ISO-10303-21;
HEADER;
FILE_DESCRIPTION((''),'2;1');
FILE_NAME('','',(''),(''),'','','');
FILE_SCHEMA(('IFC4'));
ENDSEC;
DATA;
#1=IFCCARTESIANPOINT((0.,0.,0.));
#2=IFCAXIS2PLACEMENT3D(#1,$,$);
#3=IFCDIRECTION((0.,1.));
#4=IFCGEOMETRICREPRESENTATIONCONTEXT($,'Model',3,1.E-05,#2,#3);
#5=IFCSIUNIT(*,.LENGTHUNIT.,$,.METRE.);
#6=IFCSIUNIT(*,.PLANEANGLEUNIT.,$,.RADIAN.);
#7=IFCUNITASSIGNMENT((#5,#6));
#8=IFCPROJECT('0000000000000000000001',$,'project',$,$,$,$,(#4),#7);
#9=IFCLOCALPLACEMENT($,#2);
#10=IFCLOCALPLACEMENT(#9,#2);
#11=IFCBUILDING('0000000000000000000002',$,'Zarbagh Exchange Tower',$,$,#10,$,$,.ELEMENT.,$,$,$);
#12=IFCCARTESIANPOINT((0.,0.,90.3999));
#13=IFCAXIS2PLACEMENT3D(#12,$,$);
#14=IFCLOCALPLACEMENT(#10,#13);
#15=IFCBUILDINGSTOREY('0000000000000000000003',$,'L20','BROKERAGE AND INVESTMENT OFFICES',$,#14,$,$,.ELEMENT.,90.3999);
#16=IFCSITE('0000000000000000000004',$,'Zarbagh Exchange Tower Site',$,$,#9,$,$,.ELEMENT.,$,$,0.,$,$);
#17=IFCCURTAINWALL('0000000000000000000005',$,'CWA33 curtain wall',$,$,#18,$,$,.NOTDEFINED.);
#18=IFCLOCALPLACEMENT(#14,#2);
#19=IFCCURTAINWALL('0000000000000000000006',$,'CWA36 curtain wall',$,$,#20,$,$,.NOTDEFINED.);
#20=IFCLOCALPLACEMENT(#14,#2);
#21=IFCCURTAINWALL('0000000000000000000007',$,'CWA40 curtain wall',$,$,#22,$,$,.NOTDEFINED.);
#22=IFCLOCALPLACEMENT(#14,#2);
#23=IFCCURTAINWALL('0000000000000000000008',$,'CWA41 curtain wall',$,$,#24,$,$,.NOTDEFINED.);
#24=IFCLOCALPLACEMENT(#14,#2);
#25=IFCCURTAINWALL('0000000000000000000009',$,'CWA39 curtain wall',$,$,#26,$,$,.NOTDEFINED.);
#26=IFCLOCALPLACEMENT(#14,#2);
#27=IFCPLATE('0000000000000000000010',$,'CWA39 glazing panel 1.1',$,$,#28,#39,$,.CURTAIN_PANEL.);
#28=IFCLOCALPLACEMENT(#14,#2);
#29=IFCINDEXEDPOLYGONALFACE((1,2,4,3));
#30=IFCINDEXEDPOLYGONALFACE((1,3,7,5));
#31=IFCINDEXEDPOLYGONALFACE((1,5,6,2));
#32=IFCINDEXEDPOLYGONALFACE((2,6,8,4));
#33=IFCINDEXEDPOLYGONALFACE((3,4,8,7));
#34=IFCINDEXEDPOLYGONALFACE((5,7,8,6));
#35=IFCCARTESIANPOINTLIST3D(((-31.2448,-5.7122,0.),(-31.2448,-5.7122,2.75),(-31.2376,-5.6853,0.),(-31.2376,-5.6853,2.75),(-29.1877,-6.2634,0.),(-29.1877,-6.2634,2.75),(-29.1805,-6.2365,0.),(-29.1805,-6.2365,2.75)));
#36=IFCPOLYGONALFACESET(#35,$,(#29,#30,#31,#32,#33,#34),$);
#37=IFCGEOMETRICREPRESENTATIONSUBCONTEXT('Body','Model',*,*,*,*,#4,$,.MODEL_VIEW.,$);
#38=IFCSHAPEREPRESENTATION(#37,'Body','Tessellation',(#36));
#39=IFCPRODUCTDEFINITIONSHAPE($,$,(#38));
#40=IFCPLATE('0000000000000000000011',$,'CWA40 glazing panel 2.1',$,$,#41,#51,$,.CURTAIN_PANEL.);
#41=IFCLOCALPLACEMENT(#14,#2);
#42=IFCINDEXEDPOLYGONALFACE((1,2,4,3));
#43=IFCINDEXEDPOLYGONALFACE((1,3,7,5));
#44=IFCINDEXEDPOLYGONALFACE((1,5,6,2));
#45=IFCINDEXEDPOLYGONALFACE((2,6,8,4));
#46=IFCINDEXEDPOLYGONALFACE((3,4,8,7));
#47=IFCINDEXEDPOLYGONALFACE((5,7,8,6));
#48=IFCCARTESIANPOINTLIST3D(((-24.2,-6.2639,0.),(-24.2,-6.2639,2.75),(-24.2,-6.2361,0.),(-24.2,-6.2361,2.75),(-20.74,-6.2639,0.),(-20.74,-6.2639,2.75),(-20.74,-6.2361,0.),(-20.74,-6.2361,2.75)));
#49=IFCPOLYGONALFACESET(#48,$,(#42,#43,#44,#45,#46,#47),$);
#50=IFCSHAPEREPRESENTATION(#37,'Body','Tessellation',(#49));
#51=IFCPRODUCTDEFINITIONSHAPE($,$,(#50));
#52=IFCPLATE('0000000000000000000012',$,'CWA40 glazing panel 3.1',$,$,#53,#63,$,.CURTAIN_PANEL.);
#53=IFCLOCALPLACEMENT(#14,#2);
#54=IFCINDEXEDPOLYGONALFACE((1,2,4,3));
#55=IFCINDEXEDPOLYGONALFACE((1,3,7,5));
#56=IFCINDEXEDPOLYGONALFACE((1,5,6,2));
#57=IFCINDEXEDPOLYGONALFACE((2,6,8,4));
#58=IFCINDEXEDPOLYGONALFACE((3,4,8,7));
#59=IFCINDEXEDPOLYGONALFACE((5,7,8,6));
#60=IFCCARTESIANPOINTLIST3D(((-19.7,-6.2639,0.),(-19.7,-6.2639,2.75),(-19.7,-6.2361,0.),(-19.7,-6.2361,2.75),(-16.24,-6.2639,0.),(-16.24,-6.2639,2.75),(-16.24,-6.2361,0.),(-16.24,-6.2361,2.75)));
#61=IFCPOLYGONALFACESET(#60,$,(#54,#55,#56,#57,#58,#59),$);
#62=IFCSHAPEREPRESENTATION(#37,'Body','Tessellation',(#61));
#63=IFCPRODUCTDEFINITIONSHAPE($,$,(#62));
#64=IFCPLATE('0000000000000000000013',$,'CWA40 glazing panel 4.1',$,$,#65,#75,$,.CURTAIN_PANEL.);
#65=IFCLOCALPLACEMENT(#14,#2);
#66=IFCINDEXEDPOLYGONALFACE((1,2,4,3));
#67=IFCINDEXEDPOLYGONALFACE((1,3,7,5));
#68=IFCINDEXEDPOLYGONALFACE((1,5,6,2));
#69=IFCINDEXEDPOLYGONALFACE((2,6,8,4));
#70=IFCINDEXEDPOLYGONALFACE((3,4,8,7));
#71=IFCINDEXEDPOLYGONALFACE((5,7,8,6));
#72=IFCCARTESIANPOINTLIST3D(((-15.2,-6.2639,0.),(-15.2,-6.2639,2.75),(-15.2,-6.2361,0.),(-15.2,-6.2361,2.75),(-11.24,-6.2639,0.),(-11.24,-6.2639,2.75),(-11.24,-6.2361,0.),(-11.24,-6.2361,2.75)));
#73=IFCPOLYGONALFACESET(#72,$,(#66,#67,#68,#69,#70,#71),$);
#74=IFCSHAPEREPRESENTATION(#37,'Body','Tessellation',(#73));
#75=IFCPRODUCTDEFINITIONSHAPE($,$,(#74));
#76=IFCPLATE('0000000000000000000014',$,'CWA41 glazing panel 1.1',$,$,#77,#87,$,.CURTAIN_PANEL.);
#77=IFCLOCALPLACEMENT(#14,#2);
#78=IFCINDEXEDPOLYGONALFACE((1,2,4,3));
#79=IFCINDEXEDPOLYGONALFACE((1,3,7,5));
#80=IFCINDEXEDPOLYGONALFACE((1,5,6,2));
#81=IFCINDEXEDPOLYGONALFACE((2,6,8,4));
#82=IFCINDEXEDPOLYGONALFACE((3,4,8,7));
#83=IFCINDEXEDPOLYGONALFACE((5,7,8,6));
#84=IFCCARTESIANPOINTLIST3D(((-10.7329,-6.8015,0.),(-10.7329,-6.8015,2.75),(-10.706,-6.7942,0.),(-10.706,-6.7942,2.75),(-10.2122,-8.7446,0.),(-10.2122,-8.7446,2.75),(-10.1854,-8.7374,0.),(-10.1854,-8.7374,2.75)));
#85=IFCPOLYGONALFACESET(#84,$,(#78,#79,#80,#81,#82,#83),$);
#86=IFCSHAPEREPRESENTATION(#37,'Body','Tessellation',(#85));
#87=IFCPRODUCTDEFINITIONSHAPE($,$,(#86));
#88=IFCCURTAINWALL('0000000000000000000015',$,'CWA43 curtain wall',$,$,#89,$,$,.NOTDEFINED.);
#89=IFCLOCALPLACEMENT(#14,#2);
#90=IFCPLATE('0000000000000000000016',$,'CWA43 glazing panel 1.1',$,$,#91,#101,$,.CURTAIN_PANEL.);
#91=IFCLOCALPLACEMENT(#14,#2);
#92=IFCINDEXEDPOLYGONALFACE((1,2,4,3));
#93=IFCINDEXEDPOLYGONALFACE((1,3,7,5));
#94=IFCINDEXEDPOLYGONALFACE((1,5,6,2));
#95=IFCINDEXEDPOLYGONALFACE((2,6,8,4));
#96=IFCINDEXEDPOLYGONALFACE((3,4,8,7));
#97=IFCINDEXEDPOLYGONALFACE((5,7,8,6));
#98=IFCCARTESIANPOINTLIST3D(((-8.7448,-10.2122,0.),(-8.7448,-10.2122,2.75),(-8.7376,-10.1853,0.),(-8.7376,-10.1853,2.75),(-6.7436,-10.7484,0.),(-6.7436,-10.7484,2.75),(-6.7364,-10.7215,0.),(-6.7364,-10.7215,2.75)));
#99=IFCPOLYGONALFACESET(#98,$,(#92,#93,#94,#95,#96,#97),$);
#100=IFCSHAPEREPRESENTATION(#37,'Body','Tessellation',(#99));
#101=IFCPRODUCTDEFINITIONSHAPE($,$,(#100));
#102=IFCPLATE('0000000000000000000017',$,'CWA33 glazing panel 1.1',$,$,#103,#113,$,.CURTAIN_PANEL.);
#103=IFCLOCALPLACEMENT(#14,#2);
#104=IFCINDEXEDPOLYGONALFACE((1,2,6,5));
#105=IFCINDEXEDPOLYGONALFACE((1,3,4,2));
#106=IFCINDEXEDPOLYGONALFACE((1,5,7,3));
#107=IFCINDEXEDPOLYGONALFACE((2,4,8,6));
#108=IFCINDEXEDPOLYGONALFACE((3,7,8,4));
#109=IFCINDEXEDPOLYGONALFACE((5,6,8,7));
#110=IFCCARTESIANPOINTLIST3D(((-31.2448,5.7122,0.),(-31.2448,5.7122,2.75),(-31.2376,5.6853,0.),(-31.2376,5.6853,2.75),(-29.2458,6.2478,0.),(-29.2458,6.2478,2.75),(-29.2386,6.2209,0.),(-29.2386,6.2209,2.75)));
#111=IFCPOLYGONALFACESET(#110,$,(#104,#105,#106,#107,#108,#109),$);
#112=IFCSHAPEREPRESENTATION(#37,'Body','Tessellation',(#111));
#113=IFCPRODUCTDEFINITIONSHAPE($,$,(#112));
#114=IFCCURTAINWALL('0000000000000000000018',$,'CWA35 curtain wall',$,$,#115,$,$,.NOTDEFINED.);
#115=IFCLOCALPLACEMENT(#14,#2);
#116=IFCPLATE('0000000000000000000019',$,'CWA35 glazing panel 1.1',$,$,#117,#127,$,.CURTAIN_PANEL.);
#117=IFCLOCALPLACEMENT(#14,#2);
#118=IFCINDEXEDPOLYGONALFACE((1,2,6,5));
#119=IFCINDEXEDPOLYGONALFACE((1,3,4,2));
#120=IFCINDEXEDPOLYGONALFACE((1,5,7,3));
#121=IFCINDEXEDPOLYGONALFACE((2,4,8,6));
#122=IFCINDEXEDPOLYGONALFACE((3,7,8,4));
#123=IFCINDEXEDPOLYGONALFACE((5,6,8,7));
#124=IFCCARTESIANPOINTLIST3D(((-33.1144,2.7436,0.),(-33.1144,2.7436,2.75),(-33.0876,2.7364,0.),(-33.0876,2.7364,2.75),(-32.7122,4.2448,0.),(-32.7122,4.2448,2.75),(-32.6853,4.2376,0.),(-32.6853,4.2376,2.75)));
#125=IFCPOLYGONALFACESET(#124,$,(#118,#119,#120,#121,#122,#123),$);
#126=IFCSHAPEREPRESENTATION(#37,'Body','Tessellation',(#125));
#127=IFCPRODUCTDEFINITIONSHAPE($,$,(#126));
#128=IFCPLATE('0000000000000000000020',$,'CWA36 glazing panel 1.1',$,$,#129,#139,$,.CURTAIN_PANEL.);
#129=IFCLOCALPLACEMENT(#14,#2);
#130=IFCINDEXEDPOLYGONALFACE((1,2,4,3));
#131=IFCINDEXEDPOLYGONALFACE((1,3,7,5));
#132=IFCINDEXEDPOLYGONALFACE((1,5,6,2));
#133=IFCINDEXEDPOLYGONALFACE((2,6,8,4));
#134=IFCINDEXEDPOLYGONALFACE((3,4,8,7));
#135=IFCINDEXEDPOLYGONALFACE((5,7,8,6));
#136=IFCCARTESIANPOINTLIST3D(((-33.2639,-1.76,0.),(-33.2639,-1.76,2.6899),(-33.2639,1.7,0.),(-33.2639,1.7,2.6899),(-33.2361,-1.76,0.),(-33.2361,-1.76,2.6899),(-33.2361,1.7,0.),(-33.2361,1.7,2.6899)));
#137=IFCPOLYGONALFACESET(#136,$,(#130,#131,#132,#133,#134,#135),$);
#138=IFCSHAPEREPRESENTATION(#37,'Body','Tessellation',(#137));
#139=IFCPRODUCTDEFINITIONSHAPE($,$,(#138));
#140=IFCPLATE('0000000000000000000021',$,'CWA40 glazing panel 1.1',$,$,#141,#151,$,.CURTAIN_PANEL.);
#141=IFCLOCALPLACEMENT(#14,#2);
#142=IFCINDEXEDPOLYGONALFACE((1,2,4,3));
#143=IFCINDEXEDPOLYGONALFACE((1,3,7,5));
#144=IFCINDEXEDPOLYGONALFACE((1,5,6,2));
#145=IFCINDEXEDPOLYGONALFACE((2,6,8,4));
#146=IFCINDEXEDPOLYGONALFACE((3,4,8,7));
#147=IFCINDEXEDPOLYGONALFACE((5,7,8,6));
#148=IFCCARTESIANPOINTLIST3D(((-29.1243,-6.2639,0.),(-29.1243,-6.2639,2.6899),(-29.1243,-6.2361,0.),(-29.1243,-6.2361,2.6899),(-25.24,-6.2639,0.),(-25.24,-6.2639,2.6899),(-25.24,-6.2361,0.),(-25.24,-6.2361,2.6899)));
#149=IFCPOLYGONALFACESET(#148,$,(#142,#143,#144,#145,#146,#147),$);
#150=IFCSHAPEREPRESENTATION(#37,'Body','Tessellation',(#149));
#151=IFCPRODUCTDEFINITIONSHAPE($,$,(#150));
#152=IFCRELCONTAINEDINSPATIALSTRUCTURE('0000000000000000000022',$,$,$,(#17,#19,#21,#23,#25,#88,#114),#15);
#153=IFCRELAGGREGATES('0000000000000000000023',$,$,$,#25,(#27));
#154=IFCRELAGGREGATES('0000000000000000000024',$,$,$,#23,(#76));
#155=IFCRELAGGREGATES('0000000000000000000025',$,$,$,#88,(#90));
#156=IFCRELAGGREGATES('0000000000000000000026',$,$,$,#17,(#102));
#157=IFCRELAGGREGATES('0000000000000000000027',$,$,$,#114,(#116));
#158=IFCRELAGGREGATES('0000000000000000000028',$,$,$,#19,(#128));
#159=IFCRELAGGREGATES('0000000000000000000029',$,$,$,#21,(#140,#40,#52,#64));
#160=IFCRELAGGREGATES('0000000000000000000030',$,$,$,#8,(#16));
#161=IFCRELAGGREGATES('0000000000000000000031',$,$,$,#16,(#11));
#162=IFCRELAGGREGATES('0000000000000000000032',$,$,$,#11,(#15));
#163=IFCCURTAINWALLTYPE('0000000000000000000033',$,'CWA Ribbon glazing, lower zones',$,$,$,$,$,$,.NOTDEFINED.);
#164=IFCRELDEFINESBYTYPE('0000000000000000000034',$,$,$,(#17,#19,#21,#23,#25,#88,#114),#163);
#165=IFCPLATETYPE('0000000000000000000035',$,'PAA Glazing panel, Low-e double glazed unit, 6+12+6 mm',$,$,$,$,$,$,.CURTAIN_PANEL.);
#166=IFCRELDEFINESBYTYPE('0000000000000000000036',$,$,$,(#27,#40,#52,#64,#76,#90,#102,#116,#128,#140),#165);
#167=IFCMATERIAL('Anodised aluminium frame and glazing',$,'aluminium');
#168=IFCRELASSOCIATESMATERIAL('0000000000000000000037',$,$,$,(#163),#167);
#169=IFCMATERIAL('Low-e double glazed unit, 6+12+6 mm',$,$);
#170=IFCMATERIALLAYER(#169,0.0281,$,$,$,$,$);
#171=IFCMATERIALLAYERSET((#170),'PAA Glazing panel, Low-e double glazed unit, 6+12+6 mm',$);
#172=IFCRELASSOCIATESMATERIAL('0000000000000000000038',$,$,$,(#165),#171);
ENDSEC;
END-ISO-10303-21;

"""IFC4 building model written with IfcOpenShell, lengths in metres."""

from ifc_helpers import new_model, si_unit, direction, frame, origin, place, context, subcontext, project, spatial, polyline, outline, extrude, source, transform, mapped, material, layer, layer_set, type_object, element, aggregate, save


model = new_model("IFC4")

# Units and contexts
model_context = context("Model", 3, precision=1e-05, world=origin(), true_north=direction((0.0, 1.0)))
body_context = subcontext(model_context, "Body", "Model", "MODEL_VIEW")
ifc_project = project(units=[si_unit("LENGTHUNIT", "METRE"), si_unit("PLANEANGLEUNIT", "RADIAN")], contexts=[model_context])

# Site, building, storey
site_placement = place(None, origin())
site = spatial("IfcSite", under=ifc_project, at=site_placement, Name="Zarbagh Exchange Tower Site", CompositionType="ELEMENT", RefElevation=0.0)
building_placement = place(site_placement, origin())
building = spatial("IfcBuilding", under=site, at=building_placement, Name="Zarbagh Exchange Tower", CompositionType="ELEMENT")
storey_placement = place(building_placement, frame((0.0, 0.0, 90.3999)))
storey = spatial("IfcBuildingStorey", under=building, at=storey_placement, Name="L20", Description="BROKERAGE AND INVESTMENT OFFICES", CompositionType="ELEMENT", Elevation=90.3999)

# Curtain walls
ifc_material_1 = material(Name="Anodised aluminium frame and glazing", Category="aluminium")
curtain_wall_type = type_object("IfcCurtainWallType", Name="CWA Ribbon glazing, lower zones", PredefinedType="NOTDEFINED", material=ifc_material_1)
curtain_wall_1_placement = place(storey_placement, origin())
curtain_wall_1 = element("IfcCurtainWall", 1, at=curtain_wall_1_placement, inside=storey, type_object=curtain_wall_type, Name="CWA33 curtain wall", PredefinedType="NOTDEFINED")
placement = place(storey_placement, origin())
curtain_wall_2_placement = place(storey_placement, origin())
curtain_wall_2 = element("IfcCurtainWall", 2, at=curtain_wall_2_placement, inside=storey, type_object=curtain_wall_type, Name="CWA36 curtain wall", PredefinedType="NOTDEFINED")

# Curtain wall
curtain_wall_3_placement = place(storey_placement, origin())
curtain_wall_3 = element("IfcCurtainWall", 3, at=curtain_wall_3_placement, inside=storey, type_object=curtain_wall_type, Name="CWA40 curtain wall", PredefinedType="NOTDEFINED")

# Curtain wall
curtain_wall_4_placement = place(storey_placement, origin())
curtain_wall_4 = element("IfcCurtainWall", 4, at=curtain_wall_4_placement, inside=storey, type_object=curtain_wall_type, Name="CWA41 curtain wall", PredefinedType="NOTDEFINED")

# Shared definitions
ifc_material_2 = material(Name="Low-e double glazed unit, 6+12+6 mm")
ifc_layer = layer(ifc_material_2, 0.0281)
ifc_layer_set = layer_set([ifc_layer], Name="PAA Glazing panel, Low-e double glazed unit, 6+12+6 mm")
plate_type = type_object("IfcPlateType", Name="PAA Glazing panel, Low-e double glazed unit, 6+12+6 mm", PredefinedType="CURTAIN_PANEL", material=ifc_layer_set)

# Curtain wall, plate
curtain_wall_5_placement = place(storey_placement, origin())
curtain_wall_5 = element("IfcCurtainWall", 5, at=curtain_wall_5_placement, inside=storey, type_object=curtain_wall_type, Name="CWA39 curtain wall", PredefinedType="NOTDEFINED")
shared_shape_1 = source(origin(), body_context, "Body", "SweptSolid", [
    extrude(outline(polyline([(0.0, -0.0139), (2.1296, -0.0139), (2.1296, 0.0139), (0.0, 0.0139), (0.0, -0.0139)])), origin(), (0.0, 0.0, 1.0), 2.75),
])
plate_1 = element("IfcPlate", 6, at=placement, type_object=plate_type, Name="CWA39 glazing panel 1.1", PredefinedType="CURTAIN_PANEL", context=body_context, shape_type="MappedRepresentation", body=[
    mapped(shared_shape_1, transform((-31.2412, -5.6987, 0.0), x_axis=(0.965924, -0.258825, 0.0), y_axis=(0.258825, 0.965924, 0.0), z_axis=(0.0, 0.0, 1.0))),
])
aggregate(curtain_wall_5, [plate_1])

# Plates
shared_shape_2 = source(origin(), body_context, "Body", "SweptSolid", [
    extrude(outline(polyline([(0.0, -0.0139), (3.46, -0.0139), (3.46, 0.0139), (0.0, 0.0139), (0.0, -0.0139)])), origin(), (0.0, 0.0, 1.0), 2.75),
])
plate_2 = element("IfcPlate", 7, at=placement, type_object=plate_type, Name="CWA40 glazing panel 2.1", PredefinedType="CURTAIN_PANEL", context=body_context, shape_type="MappedRepresentation", body=[
    mapped(shared_shape_2, transform((-24.2, -6.25, 0.0), x_axis=(1.0, 0.0, 0.0), y_axis=(0.0, 1.0, 0.0), z_axis=(0.0, 0.0, 1.0))),
])
plate_3 = element("IfcPlate", 8, at=placement, type_object=plate_type, Name="CWA40 glazing panel 3.1", PredefinedType="CURTAIN_PANEL", context=body_context, shape_type="MappedRepresentation", body=[
    mapped(shared_shape_2, transform((-19.7, -6.25, 0.0), x_axis=(1.0, 0.0, 0.0), y_axis=(0.0, 1.0, 0.0), z_axis=(0.0, 0.0, 1.0))),
])
shared_shape_3 = source(origin(), body_context, "Body", "SweptSolid", [
    extrude(outline(polyline([(0.0, -0.0139), (3.96, -0.0139), (3.96, 0.0139), (0.0, 0.0139), (0.0, -0.0139)])), origin(), (0.0, 0.0, 1.0), 2.75),
])
plate_4 = element("IfcPlate", 9, at=placement, type_object=plate_type, Name="CWA40 glazing panel 4.1", PredefinedType="CURTAIN_PANEL", context=body_context, shape_type="MappedRepresentation", body=[
    mapped(shared_shape_3, transform((-15.2, -6.25, 0.0), x_axis=(1.0, 0.0, 0.0), y_axis=(0.0, 1.0, 0.0), z_axis=(0.0, 0.0, 1.0))),
])
shared_shape_4 = source(origin(), body_context, "Body", "SweptSolid", [
    extrude(outline(polyline([(0.0, -0.0139), (2.0117, -0.0139), (2.0117, 0.0139), (0.0, 0.0139), (0.0, -0.0139)])), origin(), (0.0, 0.0, 1.0), 2.75),
])
plate_5 = element("IfcPlate", 10, at=placement, type_object=plate_type, Name="CWA41 glazing panel 1.1", PredefinedType="CURTAIN_PANEL", context=body_context, shape_type="MappedRepresentation", body=[
    mapped(shared_shape_4, transform((-10.7195, -6.7979, 0.0), x_axis=(0.258825, -0.965924, 0.0), y_axis=(0.965924, 0.258825, 0.0), z_axis=(0.0, 0.0, 1.0))),
])
aggregate(curtain_wall_4, [plate_5])

# Curtain wall, plate
curtain_wall_6_placement = place(storey_placement, origin())
curtain_wall_6 = element("IfcCurtainWall", 11, at=curtain_wall_6_placement, inside=storey, type_object=curtain_wall_type, Name="CWA43 curtain wall", PredefinedType="NOTDEFINED")
shared_shape_5 = source(origin(), body_context, "Body", "SweptSolid", [
    extrude(outline(polyline([(0.0, -0.0139), (2.0718, -0.0139), (2.0718, 0.0139), (0.0, 0.0139), (0.0, -0.0139)])), origin(), (0.0, 0.0, 1.0), 2.75),
])
plate_6 = element("IfcPlate", 12, at=placement, type_object=plate_type, Name="CWA43 glazing panel 1.1", PredefinedType="CURTAIN_PANEL", context=body_context, shape_type="MappedRepresentation", body=[
    mapped(shared_shape_5, transform((-8.7412, -10.1987, 0.0), x_axis=(0.965924, -0.258825, 0.0), y_axis=(0.258825, 0.965924, 0.0), z_axis=(0.0, 0.0, 1.0))),
])
aggregate(curtain_wall_6, [plate_6])

# Plate
shared_shape_6 = source(origin(), body_context, "Body", "SweptSolid", [
    extrude(outline(polyline([(0.0, -0.0139), (2.0696, -0.0139), (2.0696, 0.0139), (0.0, 0.0139), (0.0, -0.0139)])), origin(), (0.0, 0.0, 1.0), 2.75),
])
plate_7 = element("IfcPlate", 13, at=placement, type_object=plate_type, Name="CWA33 glazing panel 1.1", PredefinedType="CURTAIN_PANEL", context=body_context, shape_type="MappedRepresentation", body=[
    mapped(shared_shape_6, transform((-29.2422, 6.2344, 0.0), x_axis=(-0.965924, -0.258825, 0.0), y_axis=(0.258825, -0.965924, 0.0), z_axis=(0.0, 0.0, 1.0))),
])
aggregate(curtain_wall_1, [plate_7])

# Curtain wall, plate
curtain_wall_7_placement = place(storey_placement, origin())
curtain_wall_7 = element("IfcCurtainWall", 14, at=curtain_wall_7_placement, inside=storey, type_object=curtain_wall_type, Name="CWA35 curtain wall", PredefinedType="NOTDEFINED")
shared_shape_7 = source(origin(), body_context, "Body", "SweptSolid", [
    extrude(outline(polyline([(0.0, -0.0139), (1.5542, -0.0139), (1.5542, 0.0139), (0.0, 0.0139), (0.0, -0.0139)])), origin(), (0.0, 0.0, 1.0), 2.75),
])
plate_8 = element("IfcPlate", 15, at=placement, type_object=plate_type, Name="CWA35 glazing panel 1.1", PredefinedType="CURTAIN_PANEL", context=body_context, shape_type="MappedRepresentation", body=[
    mapped(shared_shape_7, transform((-32.6987, 4.2412, 0.0), x_axis=(-0.258825, -0.965924, 0.0), y_axis=(0.965924, -0.258825, 0.0), z_axis=(0.0, 0.0, 1.0))),
])
aggregate(curtain_wall_7, [plate_8])

# Plates
shared_shape_8 = source(origin(), body_context, "Body", "SweptSolid", [
    extrude(outline(polyline([(0.0, -0.0139), (3.46, -0.0139), (3.46, 0.0139), (0.0, 0.0139), (0.0, -0.0139)])), origin(), (0.0, 0.0, 1.0), 2.6899),
])
plate_9 = element("IfcPlate", 16, at=placement, type_object=plate_type, Name="CWA36 glazing panel 1.1", PredefinedType="CURTAIN_PANEL", context=body_context, shape_type="MappedRepresentation", body=[
    mapped(shared_shape_8, transform((-33.25, 1.7, 0.0), x_axis=(0.0, -1.0, 0.0), y_axis=(1.0, 0.0, 0.0), z_axis=(0.0, 0.0, 1.0))),
])
aggregate(curtain_wall_2, [plate_9])
shared_shape_9 = source(origin(), body_context, "Body", "SweptSolid", [
    extrude(outline(polyline([(0.0, -0.0139), (3.8843, -0.0139), (3.8843, 0.0139), (0.0, 0.0139), (0.0, -0.0139)])), origin(), (0.0, 0.0, 1.0), 2.6899),
])
plate_10 = element("IfcPlate", 17, at=placement, type_object=plate_type, Name="CWA40 glazing panel 1.1", PredefinedType="CURTAIN_PANEL", context=body_context, shape_type="MappedRepresentation", body=[
    mapped(shared_shape_9, transform((-29.1243, -6.25, 0.0), x_axis=(1.0, 0.0, 0.0), y_axis=(0.0, 1.0, 0.0), z_axis=(0.0, 0.0, 1.0))),
])
aggregate(curtain_wall_3, [plate_10, plate_2, plate_3, plate_4])

save(model, "model.ifc")
